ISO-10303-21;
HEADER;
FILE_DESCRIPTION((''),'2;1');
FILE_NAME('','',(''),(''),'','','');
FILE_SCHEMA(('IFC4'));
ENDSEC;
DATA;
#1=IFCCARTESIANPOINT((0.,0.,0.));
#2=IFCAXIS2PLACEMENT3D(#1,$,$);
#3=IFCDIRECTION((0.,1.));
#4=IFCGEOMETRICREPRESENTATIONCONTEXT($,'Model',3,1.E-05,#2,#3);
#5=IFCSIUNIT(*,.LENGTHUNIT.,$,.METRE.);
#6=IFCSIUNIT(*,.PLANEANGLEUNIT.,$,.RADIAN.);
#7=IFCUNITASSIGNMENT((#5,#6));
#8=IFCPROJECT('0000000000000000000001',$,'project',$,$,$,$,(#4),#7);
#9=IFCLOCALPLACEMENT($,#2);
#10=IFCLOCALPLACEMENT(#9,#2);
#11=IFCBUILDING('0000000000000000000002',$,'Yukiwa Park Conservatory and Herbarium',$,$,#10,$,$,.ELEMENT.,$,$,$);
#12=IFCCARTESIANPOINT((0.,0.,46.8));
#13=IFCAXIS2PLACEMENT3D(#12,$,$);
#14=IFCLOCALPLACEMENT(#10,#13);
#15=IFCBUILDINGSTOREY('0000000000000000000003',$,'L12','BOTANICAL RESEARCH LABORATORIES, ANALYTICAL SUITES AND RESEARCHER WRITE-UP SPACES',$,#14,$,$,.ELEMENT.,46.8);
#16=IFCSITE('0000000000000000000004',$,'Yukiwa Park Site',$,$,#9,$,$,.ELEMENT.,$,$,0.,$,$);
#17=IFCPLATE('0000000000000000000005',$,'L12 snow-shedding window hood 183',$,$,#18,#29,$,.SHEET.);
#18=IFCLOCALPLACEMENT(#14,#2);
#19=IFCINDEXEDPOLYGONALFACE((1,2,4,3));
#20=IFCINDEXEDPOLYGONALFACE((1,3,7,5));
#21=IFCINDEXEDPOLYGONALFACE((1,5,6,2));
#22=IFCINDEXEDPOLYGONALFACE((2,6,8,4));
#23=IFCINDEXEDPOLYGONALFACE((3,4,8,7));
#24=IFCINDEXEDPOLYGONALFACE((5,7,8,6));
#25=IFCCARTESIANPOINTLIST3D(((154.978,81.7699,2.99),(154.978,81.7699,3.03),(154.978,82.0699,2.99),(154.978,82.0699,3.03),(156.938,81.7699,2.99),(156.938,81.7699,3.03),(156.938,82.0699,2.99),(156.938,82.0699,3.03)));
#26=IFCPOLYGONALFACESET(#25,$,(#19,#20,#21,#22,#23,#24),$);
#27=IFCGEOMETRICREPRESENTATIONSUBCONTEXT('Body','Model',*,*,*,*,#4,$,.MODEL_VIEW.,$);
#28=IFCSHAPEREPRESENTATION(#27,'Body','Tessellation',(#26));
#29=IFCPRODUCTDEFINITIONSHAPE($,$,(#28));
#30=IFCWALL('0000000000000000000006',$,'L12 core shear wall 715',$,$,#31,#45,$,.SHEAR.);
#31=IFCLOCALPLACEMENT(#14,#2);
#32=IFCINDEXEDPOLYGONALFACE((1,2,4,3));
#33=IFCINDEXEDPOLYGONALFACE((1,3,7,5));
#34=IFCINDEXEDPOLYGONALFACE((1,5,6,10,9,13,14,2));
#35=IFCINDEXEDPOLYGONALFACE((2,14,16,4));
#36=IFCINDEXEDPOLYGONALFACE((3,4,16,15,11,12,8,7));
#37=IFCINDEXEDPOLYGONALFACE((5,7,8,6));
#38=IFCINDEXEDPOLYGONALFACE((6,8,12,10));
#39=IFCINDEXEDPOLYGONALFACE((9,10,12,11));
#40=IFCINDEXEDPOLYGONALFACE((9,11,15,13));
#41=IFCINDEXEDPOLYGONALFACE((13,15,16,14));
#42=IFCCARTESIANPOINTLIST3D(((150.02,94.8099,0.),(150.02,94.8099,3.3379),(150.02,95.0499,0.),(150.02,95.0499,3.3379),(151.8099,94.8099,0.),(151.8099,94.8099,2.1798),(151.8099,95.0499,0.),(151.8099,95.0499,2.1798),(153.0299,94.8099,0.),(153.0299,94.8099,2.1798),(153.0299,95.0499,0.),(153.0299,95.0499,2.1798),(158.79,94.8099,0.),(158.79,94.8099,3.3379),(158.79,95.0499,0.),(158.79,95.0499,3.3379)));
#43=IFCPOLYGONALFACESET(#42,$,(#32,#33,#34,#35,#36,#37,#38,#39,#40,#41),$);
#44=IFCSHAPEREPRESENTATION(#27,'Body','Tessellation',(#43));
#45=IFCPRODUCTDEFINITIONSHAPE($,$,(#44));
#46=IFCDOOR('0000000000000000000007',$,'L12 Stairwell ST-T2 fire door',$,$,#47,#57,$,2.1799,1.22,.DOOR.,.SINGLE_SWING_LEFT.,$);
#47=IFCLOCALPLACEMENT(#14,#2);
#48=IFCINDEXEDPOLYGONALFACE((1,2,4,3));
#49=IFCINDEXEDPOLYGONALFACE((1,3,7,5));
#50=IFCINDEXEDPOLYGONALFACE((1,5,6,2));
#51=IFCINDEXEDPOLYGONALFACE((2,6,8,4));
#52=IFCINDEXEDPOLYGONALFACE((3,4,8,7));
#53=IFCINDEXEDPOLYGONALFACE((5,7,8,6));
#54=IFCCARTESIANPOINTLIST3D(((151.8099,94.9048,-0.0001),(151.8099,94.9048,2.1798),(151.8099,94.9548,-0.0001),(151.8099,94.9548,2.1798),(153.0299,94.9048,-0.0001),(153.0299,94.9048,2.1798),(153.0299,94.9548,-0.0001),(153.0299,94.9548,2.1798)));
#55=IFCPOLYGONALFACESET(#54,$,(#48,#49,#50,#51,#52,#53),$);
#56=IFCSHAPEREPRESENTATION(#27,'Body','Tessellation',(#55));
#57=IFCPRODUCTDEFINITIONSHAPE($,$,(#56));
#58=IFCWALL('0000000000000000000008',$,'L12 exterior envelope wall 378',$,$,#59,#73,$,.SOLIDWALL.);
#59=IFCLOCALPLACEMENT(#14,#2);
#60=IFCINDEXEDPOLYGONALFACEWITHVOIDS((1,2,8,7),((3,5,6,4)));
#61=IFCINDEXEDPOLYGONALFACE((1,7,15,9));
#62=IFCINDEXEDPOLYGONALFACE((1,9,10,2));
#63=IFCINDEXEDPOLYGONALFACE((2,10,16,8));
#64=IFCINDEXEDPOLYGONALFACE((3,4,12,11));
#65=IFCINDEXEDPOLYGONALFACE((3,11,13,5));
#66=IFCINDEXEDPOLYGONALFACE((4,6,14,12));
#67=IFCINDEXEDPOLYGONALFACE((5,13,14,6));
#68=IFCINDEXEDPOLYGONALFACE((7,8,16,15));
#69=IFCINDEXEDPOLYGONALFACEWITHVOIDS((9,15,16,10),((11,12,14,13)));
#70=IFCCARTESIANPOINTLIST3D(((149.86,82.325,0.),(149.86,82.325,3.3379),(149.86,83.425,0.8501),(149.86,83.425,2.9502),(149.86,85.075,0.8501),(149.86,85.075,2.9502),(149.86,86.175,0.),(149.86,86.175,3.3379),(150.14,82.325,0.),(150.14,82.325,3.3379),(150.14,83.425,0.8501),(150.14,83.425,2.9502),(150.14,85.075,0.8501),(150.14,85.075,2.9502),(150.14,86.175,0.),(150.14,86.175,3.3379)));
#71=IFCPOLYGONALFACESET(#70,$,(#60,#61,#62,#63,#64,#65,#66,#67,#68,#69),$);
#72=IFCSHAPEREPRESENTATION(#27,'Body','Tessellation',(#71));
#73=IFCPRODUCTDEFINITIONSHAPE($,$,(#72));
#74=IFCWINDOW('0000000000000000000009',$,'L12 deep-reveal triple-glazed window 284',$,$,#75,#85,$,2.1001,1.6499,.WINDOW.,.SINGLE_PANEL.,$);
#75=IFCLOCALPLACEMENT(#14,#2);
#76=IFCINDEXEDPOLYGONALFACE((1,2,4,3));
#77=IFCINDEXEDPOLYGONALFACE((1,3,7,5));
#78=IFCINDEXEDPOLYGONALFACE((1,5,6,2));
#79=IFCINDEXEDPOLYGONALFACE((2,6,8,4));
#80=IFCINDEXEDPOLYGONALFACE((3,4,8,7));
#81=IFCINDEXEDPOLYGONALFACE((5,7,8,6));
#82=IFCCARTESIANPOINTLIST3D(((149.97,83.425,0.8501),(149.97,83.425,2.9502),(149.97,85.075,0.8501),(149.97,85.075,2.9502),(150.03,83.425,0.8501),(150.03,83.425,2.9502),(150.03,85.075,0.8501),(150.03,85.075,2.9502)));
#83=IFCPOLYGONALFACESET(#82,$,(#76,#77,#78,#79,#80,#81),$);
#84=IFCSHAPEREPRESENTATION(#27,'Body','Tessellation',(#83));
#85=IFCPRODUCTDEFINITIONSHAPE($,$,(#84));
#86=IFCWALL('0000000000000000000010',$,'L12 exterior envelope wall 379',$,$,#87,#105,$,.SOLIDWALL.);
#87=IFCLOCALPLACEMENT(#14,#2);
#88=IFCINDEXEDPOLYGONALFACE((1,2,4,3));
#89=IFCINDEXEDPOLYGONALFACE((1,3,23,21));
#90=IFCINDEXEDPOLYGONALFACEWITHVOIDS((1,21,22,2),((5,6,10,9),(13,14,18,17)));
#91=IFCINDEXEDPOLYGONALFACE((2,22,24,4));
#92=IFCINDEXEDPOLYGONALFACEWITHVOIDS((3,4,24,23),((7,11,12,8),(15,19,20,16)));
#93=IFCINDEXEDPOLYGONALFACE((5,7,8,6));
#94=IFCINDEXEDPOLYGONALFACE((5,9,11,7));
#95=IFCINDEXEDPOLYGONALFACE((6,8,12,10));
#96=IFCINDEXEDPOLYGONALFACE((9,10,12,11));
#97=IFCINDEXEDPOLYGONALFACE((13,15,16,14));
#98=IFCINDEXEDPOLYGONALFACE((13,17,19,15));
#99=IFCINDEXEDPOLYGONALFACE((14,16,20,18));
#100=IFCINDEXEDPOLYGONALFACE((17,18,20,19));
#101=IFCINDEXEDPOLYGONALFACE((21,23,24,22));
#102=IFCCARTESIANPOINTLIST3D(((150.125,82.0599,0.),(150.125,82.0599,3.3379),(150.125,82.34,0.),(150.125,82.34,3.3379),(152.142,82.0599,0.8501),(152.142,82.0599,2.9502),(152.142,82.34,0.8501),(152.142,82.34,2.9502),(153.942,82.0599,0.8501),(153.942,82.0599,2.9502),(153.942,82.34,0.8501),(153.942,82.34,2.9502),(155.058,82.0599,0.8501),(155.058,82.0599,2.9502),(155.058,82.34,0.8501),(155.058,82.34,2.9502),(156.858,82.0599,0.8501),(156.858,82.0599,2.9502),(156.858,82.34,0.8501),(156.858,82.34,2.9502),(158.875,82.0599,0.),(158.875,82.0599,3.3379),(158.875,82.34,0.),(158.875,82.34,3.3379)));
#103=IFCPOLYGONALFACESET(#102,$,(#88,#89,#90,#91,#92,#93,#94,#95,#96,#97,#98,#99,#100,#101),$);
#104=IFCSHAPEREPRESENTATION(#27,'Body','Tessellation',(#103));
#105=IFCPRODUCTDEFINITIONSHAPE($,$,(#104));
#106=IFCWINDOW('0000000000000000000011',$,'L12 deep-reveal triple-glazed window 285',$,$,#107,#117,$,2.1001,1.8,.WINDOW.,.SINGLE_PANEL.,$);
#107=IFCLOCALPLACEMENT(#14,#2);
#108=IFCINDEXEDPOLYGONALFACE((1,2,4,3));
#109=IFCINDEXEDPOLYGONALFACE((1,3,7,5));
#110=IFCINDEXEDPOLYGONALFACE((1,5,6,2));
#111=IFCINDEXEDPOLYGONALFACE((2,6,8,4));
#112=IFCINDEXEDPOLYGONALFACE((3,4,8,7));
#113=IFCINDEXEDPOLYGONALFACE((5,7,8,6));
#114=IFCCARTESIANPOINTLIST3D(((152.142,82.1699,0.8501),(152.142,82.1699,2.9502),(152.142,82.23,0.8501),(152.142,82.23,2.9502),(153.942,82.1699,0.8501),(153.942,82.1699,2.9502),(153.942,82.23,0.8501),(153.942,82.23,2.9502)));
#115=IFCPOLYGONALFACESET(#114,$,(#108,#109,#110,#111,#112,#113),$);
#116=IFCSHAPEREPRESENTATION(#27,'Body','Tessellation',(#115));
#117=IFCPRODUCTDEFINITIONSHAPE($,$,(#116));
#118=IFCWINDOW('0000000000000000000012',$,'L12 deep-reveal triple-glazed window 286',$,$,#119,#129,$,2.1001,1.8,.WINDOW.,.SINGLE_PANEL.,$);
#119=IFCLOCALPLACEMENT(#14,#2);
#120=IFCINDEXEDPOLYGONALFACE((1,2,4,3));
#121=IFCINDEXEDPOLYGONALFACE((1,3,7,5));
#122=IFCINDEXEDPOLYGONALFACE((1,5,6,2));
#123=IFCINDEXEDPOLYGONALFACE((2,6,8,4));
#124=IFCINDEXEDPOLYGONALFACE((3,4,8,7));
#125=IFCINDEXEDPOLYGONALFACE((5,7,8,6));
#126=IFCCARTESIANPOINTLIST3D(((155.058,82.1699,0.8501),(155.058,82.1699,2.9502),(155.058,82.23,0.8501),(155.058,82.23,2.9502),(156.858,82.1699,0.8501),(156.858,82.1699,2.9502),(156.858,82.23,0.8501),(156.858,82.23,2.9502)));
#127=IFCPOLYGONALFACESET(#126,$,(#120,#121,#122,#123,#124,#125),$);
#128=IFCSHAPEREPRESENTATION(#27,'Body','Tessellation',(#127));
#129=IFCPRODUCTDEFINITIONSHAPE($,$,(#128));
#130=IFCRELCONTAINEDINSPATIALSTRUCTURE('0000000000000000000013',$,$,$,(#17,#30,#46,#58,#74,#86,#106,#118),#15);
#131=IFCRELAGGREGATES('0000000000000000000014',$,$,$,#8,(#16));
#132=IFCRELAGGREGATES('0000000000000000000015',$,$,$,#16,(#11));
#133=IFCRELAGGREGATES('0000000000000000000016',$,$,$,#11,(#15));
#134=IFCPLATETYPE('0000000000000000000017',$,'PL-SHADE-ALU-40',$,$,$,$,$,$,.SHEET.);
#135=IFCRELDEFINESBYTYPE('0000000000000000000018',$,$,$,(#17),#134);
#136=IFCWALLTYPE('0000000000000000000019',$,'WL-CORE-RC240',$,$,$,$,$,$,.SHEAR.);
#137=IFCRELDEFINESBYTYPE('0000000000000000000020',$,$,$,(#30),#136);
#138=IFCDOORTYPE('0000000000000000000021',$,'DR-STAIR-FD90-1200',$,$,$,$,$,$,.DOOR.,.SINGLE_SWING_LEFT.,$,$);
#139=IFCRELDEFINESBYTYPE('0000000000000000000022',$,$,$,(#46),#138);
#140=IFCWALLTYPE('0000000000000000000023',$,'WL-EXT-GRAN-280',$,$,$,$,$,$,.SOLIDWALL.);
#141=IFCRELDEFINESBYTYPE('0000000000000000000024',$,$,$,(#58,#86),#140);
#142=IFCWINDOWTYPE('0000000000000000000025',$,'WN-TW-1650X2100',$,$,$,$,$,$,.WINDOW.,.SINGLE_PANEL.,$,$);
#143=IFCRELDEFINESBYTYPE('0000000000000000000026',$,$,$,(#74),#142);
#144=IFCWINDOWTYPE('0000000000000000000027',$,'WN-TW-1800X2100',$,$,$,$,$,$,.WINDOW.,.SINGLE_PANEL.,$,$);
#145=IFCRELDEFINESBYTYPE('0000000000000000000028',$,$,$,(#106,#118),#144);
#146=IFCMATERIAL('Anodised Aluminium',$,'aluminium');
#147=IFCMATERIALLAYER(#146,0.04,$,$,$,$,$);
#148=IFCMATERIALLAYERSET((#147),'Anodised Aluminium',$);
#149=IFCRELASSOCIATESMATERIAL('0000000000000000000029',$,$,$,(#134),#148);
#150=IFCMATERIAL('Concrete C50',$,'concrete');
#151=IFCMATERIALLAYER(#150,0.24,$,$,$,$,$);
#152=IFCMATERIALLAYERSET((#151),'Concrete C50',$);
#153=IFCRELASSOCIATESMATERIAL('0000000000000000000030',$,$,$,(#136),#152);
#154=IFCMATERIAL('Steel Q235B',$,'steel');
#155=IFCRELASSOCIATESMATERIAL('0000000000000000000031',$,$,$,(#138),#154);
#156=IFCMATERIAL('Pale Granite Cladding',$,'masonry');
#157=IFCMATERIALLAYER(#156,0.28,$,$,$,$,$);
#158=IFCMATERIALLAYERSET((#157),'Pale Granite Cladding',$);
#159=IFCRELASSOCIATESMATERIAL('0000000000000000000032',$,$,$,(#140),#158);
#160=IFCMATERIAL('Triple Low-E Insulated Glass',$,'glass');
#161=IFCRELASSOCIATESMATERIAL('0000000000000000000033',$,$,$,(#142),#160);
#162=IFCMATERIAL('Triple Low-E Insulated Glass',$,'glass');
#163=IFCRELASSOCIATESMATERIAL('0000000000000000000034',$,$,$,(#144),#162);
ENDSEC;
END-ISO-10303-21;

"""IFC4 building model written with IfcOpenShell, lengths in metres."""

from ifc_helpers import new_model, si_unit, direction, frame, frame_2d, origin, origin_2d, place, context, subcontext, project, spatial, rectangle, extrude, material, layer, layer_set, type_object, element, fill, save


model = new_model("IFC4")

# Units and contexts
model_context = context("Model", 3, precision=1e-05, world=origin(), true_north=direction((0.0, 1.0)))
body_context = subcontext(model_context, "Body", "Model", "MODEL_VIEW")
ifc_project = project(units=[si_unit("LENGTHUNIT", "METRE"), si_unit("PLANEANGLEUNIT", "RADIAN")], contexts=[model_context])

# Site, building, storey
site_placement = place(None, origin())
site = spatial("IfcSite", under=ifc_project, at=site_placement, Name="Yukiwa Park Site", CompositionType="ELEMENT", RefElevation=0.0)
building_placement = place(site_placement, origin())
building = spatial("IfcBuilding", under=site, at=building_placement, Name="Yukiwa Park Conservatory and Herbarium", CompositionType="ELEMENT")
storey_placement = place(building_placement, frame((0.0, 0.0, 46.8)))
storey = spatial("IfcBuildingStorey", under=building, at=storey_placement, Name="L12", Description="BOTANICAL RESEARCH LABORATORIES, ANALYTICAL SUITES AND RESEARCHER WRITE-UP SPACES", CompositionType="ELEMENT", Elevation=46.8)

# Plate
ifc_material_1 = material(Name="Anodised Aluminium", Category="aluminium")
ifc_layer_1 = layer(ifc_material_1, 0.04)
ifc_layer_set_1 = layer_set([ifc_layer_1], Name="Anodised Aluminium")
plate_type_1 = type_object("IfcPlateType", Name="PL-SHADE-ALU-40", PredefinedType="SHEET", material=ifc_layer_set_1)
for number, where, z_axis, x_axis, name in (
    (1, (155.958, 81.9199, 2.99), (0.0, 0.0, 1.0), (1.0, 0.0, 0.0), "L12 snow-shedding window hood 183"),
):
    element("IfcPlate", number, at=place(storey_placement, frame(where, z_axis=z_axis, x_axis=x_axis)), inside=storey, type_object=plate_type_1, Name=name, PredefinedType="SHEET", context=body_context, shape_type="SweptSolid", body=[
        extrude(rectangle(XDim=1.96, YDim=0.3, at=origin_2d()), origin(), (0.0, 0.0, 1.0), 0.04),
    ])

# Wall, opening, door
ifc_material_2 = material(Name="Concrete C50", Category="concrete")
ifc_layer_2 = layer(ifc_material_2, 0.24)
ifc_layer_set_2 = layer_set([ifc_layer_2], Name="Concrete C50")
wall_type_1 = type_object("IfcWallType", Name="WL-CORE-RC240", PredefinedType="SHEAR", material=ifc_layer_set_2)
wall_1_placement = place(storey_placement, frame((150.02, 94.9299, 0.0), z_axis=(0.0, 0.0, 1.0), x_axis=(1.0, 0.0, 0.0)))
wall_1 = element("IfcWall", 2, at=wall_1_placement, inside=storey, type_object=wall_type_1, Name="L12 core shear wall 715", PredefinedType="SHEAR", context=body_context, shape_type="SweptSolid", body=[
    extrude(rectangle(XDim=8.77, YDim=0.24, at=frame_2d((4.385, 0.0))), origin(), (0.0, 0.0, 1.0), 3.3379),
])
opening_1_placement = place(wall_1_placement, frame((1.79, 0.0, 0.0)))
opening_1 = element("IfcOpeningElement", 3, at=opening_1_placement, cuts=wall_1, PredefinedType="OPENING", context=body_context, shape_type="SweptSolid", body=[
    extrude(rectangle(XDim=1.22, YDim=2.1799, at=frame_2d((0.6099, 1.0898))), frame((0.0, 0.1299, 0.0), z_axis=(0.0, -1.0, 0.0), x_axis=(1.0, 0.0, 0.0)), (0.0, 0.0, 1.0), 0.26),
])
ifc_material_3 = material(Name="Steel Q235B", Category="steel")
door_type = type_object("IfcDoorType", Name="DR-STAIR-FD90-1200", OperationType="SINGLE_SWING_LEFT", PredefinedType="DOOR", material=ifc_material_3)
door_placement = place(opening_1_placement, origin())
door = element("IfcDoor", 4, at=door_placement, inside=storey, type_object=door_type, Name="L12 Stairwell ST-T2 fire door", OperationType="SINGLE_SWING_LEFT", OverallHeight=2.1799, OverallWidth=1.22, PredefinedType="DOOR", context=body_context, shape_type="SweptSolid", body=[
    extrude(rectangle(XDim=1.22, YDim=2.1799, at=frame_2d((0.6099, 1.0898))), frame((0.0, 0.0249, 0.0), z_axis=(0.0, -1.0, 0.0), x_axis=(1.0, 0.0, 0.0)), (0.0, 0.0, 1.0), 0.05),
])
fill(opening_1, door)

# Wall, opening, window
ifc_material_4 = material(Name="Pale Granite Cladding", Category="masonry")
ifc_layer_3 = layer(ifc_material_4, 0.28)
ifc_layer_set_3 = layer_set([ifc_layer_3], Name="Pale Granite Cladding")
wall_type_2 = type_object("IfcWallType", Name="WL-EXT-GRAN-280", PredefinedType="SOLIDWALL", material=ifc_layer_set_3)
wall_2_placement = place(storey_placement, frame((150.0, 86.175, 0.0), z_axis=(0.0, 0.0, 1.0), x_axis=(0.0, -1.0, 0.0)))
wall_2 = element("IfcWall", 5, at=wall_2_placement, inside=storey, type_object=wall_type_2, Name="L12 exterior envelope wall 378", PredefinedType="SOLIDWALL", context=body_context, shape_type="SweptSolid", body=[
    extrude(rectangle(XDim=3.8501, YDim=0.28, at=frame_2d((1.925, 0.0))), origin(), (0.0, 0.0, 1.0), 3.3379),
])
opening_2_placement = place(wall_2_placement, frame((1.1001, 0.0, 0.8501)))
opening_2 = element("IfcOpeningElement", 6, at=opening_2_placement, cuts=wall_2, PredefinedType="OPENING", context=body_context, shape_type="SweptSolid", body=[
    extrude(rectangle(XDim=1.6499, YDim=2.1001, at=frame_2d((0.825, 1.05))), frame((0.0, 0.1499, 0.0), z_axis=(0.0, -1.0, 0.0), x_axis=(1.0, 0.0, 0.0)), (0.0, 0.0, 1.0), 0.3),
])
ifc_material_5 = material(Name="Triple Low-E Insulated Glass", Category="glass")
window_type_1 = type_object("IfcWindowType", Name="WN-TW-1650X2100", PartitioningType="SINGLE_PANEL", PredefinedType="WINDOW", material=ifc_material_5)
window_1_placement = place(opening_2_placement, origin())
window_1 = element("IfcWindow", 7, at=window_1_placement, inside=storey, type_object=window_type_1, Name="L12 deep-reveal triple-glazed window 284", OverallHeight=2.1001, OverallWidth=1.6499, PartitioningType="SINGLE_PANEL", PredefinedType="WINDOW", context=body_context, shape_type="SweptSolid", body=[
    extrude(rectangle(XDim=1.6499, YDim=2.1001, at=frame_2d((0.825, 1.05))), frame((0.0, 0.03, 0.0), z_axis=(0.0, -1.0, 0.0), x_axis=(1.0, 0.0, 0.0)), (0.0, 0.0, 1.0), 0.0601),
])
fill(opening_2, window_1)

# Wall, openings, windows
wall_3_placement = place(storey_placement, frame((150.125, 82.2, 0.0), z_axis=(0.0, 0.0, 1.0), x_axis=(1.0, 0.0, 0.0)))
wall_3 = element("IfcWall", 8, at=wall_3_placement, inside=storey, type_object=wall_type_2, Name="L12 exterior envelope wall 379", PredefinedType="SOLIDWALL", context=body_context, shape_type="SweptSolid", body=[
    extrude(rectangle(XDim=8.75, YDim=0.28, at=frame_2d((4.375, 0.0))), origin(), (0.0, 0.0, 1.0), 3.3379),
])
opening_3_placement = place(wall_3_placement, frame((2.0171, 0.0, 0.8501)))
opening_3 = element("IfcOpeningElement", 9, at=opening_3_placement, cuts=wall_3, PredefinedType="OPENING", context=body_context, shape_type="SweptSolid", body=[
    extrude(rectangle(XDim=1.8, YDim=2.1001, at=frame_2d((0.8999, 1.05))), frame((0.0, 0.1499, 0.0), z_axis=(0.0, -1.0, 0.0), x_axis=(1.0, 0.0, 0.0)), (0.0, 0.0, 1.0), 0.3),
])
opening_4_placement = place(wall_3_placement, frame((4.9331, 0.0, 0.8501)))
opening_4 = element("IfcOpeningElement", 10, at=opening_4_placement, cuts=wall_3, PredefinedType="OPENING", context=body_context, shape_type="SweptSolid", body=[
    extrude(rectangle(XDim=1.8, YDim=2.1001, at=frame_2d((0.8999, 1.05))), frame((0.0, 0.1499, 0.0), z_axis=(0.0, -1.0, 0.0), x_axis=(1.0, 0.0, 0.0)), (0.0, 0.0, 1.0), 0.3),
])
ifc_material_6 = material(Name="Triple Low-E Insulated Glass", Category="glass")
window_type_2 = type_object("IfcWindowType", Name="WN-TW-1800X2100", PartitioningType="SINGLE_PANEL", PredefinedType="WINDOW", material=ifc_material_6)
window_2_placement = place(opening_3_placement, origin())
window_2 = element("IfcWindow", 11, at=window_2_placement, inside=storey, type_object=window_type_2, Name="L12 deep-reveal triple-glazed window 285", OverallHeight=2.1001, OverallWidth=1.8, PartitioningType="SINGLE_PANEL", PredefinedType="WINDOW", context=body_context, shape_type="SweptSolid", body=[
    extrude(rectangle(XDim=1.8, YDim=2.1001, at=frame_2d((0.8999, 1.05))), frame((0.0, 0.03, 0.0), z_axis=(0.0, -1.0, 0.0), x_axis=(1.0, 0.0, 0.0)), (0.0, 0.0, 1.0), 0.0601),
])
fill(opening_3, window_2)
window_3_placement = place(opening_4_placement, origin())
window_3 = element("IfcWindow", 12, at=window_3_placement, inside=storey, type_object=window_type_2, Name="L12 deep-reveal triple-glazed window 286", OverallHeight=2.1001, OverallWidth=1.8, PartitioningType="SINGLE_PANEL", PredefinedType="WINDOW", context=body_context, shape_type="SweptSolid", body=[
    extrude(rectangle(XDim=1.8, YDim=2.1001, at=frame_2d((0.8999, 1.05))), frame((0.0, 0.03, 0.0), z_axis=(0.0, -1.0, 0.0), x_axis=(1.0, 0.0, 0.0)), (0.0, 0.0, 1.0), 0.0601),
])
fill(opening_4, window_3)

save(model, "model.ifc")
